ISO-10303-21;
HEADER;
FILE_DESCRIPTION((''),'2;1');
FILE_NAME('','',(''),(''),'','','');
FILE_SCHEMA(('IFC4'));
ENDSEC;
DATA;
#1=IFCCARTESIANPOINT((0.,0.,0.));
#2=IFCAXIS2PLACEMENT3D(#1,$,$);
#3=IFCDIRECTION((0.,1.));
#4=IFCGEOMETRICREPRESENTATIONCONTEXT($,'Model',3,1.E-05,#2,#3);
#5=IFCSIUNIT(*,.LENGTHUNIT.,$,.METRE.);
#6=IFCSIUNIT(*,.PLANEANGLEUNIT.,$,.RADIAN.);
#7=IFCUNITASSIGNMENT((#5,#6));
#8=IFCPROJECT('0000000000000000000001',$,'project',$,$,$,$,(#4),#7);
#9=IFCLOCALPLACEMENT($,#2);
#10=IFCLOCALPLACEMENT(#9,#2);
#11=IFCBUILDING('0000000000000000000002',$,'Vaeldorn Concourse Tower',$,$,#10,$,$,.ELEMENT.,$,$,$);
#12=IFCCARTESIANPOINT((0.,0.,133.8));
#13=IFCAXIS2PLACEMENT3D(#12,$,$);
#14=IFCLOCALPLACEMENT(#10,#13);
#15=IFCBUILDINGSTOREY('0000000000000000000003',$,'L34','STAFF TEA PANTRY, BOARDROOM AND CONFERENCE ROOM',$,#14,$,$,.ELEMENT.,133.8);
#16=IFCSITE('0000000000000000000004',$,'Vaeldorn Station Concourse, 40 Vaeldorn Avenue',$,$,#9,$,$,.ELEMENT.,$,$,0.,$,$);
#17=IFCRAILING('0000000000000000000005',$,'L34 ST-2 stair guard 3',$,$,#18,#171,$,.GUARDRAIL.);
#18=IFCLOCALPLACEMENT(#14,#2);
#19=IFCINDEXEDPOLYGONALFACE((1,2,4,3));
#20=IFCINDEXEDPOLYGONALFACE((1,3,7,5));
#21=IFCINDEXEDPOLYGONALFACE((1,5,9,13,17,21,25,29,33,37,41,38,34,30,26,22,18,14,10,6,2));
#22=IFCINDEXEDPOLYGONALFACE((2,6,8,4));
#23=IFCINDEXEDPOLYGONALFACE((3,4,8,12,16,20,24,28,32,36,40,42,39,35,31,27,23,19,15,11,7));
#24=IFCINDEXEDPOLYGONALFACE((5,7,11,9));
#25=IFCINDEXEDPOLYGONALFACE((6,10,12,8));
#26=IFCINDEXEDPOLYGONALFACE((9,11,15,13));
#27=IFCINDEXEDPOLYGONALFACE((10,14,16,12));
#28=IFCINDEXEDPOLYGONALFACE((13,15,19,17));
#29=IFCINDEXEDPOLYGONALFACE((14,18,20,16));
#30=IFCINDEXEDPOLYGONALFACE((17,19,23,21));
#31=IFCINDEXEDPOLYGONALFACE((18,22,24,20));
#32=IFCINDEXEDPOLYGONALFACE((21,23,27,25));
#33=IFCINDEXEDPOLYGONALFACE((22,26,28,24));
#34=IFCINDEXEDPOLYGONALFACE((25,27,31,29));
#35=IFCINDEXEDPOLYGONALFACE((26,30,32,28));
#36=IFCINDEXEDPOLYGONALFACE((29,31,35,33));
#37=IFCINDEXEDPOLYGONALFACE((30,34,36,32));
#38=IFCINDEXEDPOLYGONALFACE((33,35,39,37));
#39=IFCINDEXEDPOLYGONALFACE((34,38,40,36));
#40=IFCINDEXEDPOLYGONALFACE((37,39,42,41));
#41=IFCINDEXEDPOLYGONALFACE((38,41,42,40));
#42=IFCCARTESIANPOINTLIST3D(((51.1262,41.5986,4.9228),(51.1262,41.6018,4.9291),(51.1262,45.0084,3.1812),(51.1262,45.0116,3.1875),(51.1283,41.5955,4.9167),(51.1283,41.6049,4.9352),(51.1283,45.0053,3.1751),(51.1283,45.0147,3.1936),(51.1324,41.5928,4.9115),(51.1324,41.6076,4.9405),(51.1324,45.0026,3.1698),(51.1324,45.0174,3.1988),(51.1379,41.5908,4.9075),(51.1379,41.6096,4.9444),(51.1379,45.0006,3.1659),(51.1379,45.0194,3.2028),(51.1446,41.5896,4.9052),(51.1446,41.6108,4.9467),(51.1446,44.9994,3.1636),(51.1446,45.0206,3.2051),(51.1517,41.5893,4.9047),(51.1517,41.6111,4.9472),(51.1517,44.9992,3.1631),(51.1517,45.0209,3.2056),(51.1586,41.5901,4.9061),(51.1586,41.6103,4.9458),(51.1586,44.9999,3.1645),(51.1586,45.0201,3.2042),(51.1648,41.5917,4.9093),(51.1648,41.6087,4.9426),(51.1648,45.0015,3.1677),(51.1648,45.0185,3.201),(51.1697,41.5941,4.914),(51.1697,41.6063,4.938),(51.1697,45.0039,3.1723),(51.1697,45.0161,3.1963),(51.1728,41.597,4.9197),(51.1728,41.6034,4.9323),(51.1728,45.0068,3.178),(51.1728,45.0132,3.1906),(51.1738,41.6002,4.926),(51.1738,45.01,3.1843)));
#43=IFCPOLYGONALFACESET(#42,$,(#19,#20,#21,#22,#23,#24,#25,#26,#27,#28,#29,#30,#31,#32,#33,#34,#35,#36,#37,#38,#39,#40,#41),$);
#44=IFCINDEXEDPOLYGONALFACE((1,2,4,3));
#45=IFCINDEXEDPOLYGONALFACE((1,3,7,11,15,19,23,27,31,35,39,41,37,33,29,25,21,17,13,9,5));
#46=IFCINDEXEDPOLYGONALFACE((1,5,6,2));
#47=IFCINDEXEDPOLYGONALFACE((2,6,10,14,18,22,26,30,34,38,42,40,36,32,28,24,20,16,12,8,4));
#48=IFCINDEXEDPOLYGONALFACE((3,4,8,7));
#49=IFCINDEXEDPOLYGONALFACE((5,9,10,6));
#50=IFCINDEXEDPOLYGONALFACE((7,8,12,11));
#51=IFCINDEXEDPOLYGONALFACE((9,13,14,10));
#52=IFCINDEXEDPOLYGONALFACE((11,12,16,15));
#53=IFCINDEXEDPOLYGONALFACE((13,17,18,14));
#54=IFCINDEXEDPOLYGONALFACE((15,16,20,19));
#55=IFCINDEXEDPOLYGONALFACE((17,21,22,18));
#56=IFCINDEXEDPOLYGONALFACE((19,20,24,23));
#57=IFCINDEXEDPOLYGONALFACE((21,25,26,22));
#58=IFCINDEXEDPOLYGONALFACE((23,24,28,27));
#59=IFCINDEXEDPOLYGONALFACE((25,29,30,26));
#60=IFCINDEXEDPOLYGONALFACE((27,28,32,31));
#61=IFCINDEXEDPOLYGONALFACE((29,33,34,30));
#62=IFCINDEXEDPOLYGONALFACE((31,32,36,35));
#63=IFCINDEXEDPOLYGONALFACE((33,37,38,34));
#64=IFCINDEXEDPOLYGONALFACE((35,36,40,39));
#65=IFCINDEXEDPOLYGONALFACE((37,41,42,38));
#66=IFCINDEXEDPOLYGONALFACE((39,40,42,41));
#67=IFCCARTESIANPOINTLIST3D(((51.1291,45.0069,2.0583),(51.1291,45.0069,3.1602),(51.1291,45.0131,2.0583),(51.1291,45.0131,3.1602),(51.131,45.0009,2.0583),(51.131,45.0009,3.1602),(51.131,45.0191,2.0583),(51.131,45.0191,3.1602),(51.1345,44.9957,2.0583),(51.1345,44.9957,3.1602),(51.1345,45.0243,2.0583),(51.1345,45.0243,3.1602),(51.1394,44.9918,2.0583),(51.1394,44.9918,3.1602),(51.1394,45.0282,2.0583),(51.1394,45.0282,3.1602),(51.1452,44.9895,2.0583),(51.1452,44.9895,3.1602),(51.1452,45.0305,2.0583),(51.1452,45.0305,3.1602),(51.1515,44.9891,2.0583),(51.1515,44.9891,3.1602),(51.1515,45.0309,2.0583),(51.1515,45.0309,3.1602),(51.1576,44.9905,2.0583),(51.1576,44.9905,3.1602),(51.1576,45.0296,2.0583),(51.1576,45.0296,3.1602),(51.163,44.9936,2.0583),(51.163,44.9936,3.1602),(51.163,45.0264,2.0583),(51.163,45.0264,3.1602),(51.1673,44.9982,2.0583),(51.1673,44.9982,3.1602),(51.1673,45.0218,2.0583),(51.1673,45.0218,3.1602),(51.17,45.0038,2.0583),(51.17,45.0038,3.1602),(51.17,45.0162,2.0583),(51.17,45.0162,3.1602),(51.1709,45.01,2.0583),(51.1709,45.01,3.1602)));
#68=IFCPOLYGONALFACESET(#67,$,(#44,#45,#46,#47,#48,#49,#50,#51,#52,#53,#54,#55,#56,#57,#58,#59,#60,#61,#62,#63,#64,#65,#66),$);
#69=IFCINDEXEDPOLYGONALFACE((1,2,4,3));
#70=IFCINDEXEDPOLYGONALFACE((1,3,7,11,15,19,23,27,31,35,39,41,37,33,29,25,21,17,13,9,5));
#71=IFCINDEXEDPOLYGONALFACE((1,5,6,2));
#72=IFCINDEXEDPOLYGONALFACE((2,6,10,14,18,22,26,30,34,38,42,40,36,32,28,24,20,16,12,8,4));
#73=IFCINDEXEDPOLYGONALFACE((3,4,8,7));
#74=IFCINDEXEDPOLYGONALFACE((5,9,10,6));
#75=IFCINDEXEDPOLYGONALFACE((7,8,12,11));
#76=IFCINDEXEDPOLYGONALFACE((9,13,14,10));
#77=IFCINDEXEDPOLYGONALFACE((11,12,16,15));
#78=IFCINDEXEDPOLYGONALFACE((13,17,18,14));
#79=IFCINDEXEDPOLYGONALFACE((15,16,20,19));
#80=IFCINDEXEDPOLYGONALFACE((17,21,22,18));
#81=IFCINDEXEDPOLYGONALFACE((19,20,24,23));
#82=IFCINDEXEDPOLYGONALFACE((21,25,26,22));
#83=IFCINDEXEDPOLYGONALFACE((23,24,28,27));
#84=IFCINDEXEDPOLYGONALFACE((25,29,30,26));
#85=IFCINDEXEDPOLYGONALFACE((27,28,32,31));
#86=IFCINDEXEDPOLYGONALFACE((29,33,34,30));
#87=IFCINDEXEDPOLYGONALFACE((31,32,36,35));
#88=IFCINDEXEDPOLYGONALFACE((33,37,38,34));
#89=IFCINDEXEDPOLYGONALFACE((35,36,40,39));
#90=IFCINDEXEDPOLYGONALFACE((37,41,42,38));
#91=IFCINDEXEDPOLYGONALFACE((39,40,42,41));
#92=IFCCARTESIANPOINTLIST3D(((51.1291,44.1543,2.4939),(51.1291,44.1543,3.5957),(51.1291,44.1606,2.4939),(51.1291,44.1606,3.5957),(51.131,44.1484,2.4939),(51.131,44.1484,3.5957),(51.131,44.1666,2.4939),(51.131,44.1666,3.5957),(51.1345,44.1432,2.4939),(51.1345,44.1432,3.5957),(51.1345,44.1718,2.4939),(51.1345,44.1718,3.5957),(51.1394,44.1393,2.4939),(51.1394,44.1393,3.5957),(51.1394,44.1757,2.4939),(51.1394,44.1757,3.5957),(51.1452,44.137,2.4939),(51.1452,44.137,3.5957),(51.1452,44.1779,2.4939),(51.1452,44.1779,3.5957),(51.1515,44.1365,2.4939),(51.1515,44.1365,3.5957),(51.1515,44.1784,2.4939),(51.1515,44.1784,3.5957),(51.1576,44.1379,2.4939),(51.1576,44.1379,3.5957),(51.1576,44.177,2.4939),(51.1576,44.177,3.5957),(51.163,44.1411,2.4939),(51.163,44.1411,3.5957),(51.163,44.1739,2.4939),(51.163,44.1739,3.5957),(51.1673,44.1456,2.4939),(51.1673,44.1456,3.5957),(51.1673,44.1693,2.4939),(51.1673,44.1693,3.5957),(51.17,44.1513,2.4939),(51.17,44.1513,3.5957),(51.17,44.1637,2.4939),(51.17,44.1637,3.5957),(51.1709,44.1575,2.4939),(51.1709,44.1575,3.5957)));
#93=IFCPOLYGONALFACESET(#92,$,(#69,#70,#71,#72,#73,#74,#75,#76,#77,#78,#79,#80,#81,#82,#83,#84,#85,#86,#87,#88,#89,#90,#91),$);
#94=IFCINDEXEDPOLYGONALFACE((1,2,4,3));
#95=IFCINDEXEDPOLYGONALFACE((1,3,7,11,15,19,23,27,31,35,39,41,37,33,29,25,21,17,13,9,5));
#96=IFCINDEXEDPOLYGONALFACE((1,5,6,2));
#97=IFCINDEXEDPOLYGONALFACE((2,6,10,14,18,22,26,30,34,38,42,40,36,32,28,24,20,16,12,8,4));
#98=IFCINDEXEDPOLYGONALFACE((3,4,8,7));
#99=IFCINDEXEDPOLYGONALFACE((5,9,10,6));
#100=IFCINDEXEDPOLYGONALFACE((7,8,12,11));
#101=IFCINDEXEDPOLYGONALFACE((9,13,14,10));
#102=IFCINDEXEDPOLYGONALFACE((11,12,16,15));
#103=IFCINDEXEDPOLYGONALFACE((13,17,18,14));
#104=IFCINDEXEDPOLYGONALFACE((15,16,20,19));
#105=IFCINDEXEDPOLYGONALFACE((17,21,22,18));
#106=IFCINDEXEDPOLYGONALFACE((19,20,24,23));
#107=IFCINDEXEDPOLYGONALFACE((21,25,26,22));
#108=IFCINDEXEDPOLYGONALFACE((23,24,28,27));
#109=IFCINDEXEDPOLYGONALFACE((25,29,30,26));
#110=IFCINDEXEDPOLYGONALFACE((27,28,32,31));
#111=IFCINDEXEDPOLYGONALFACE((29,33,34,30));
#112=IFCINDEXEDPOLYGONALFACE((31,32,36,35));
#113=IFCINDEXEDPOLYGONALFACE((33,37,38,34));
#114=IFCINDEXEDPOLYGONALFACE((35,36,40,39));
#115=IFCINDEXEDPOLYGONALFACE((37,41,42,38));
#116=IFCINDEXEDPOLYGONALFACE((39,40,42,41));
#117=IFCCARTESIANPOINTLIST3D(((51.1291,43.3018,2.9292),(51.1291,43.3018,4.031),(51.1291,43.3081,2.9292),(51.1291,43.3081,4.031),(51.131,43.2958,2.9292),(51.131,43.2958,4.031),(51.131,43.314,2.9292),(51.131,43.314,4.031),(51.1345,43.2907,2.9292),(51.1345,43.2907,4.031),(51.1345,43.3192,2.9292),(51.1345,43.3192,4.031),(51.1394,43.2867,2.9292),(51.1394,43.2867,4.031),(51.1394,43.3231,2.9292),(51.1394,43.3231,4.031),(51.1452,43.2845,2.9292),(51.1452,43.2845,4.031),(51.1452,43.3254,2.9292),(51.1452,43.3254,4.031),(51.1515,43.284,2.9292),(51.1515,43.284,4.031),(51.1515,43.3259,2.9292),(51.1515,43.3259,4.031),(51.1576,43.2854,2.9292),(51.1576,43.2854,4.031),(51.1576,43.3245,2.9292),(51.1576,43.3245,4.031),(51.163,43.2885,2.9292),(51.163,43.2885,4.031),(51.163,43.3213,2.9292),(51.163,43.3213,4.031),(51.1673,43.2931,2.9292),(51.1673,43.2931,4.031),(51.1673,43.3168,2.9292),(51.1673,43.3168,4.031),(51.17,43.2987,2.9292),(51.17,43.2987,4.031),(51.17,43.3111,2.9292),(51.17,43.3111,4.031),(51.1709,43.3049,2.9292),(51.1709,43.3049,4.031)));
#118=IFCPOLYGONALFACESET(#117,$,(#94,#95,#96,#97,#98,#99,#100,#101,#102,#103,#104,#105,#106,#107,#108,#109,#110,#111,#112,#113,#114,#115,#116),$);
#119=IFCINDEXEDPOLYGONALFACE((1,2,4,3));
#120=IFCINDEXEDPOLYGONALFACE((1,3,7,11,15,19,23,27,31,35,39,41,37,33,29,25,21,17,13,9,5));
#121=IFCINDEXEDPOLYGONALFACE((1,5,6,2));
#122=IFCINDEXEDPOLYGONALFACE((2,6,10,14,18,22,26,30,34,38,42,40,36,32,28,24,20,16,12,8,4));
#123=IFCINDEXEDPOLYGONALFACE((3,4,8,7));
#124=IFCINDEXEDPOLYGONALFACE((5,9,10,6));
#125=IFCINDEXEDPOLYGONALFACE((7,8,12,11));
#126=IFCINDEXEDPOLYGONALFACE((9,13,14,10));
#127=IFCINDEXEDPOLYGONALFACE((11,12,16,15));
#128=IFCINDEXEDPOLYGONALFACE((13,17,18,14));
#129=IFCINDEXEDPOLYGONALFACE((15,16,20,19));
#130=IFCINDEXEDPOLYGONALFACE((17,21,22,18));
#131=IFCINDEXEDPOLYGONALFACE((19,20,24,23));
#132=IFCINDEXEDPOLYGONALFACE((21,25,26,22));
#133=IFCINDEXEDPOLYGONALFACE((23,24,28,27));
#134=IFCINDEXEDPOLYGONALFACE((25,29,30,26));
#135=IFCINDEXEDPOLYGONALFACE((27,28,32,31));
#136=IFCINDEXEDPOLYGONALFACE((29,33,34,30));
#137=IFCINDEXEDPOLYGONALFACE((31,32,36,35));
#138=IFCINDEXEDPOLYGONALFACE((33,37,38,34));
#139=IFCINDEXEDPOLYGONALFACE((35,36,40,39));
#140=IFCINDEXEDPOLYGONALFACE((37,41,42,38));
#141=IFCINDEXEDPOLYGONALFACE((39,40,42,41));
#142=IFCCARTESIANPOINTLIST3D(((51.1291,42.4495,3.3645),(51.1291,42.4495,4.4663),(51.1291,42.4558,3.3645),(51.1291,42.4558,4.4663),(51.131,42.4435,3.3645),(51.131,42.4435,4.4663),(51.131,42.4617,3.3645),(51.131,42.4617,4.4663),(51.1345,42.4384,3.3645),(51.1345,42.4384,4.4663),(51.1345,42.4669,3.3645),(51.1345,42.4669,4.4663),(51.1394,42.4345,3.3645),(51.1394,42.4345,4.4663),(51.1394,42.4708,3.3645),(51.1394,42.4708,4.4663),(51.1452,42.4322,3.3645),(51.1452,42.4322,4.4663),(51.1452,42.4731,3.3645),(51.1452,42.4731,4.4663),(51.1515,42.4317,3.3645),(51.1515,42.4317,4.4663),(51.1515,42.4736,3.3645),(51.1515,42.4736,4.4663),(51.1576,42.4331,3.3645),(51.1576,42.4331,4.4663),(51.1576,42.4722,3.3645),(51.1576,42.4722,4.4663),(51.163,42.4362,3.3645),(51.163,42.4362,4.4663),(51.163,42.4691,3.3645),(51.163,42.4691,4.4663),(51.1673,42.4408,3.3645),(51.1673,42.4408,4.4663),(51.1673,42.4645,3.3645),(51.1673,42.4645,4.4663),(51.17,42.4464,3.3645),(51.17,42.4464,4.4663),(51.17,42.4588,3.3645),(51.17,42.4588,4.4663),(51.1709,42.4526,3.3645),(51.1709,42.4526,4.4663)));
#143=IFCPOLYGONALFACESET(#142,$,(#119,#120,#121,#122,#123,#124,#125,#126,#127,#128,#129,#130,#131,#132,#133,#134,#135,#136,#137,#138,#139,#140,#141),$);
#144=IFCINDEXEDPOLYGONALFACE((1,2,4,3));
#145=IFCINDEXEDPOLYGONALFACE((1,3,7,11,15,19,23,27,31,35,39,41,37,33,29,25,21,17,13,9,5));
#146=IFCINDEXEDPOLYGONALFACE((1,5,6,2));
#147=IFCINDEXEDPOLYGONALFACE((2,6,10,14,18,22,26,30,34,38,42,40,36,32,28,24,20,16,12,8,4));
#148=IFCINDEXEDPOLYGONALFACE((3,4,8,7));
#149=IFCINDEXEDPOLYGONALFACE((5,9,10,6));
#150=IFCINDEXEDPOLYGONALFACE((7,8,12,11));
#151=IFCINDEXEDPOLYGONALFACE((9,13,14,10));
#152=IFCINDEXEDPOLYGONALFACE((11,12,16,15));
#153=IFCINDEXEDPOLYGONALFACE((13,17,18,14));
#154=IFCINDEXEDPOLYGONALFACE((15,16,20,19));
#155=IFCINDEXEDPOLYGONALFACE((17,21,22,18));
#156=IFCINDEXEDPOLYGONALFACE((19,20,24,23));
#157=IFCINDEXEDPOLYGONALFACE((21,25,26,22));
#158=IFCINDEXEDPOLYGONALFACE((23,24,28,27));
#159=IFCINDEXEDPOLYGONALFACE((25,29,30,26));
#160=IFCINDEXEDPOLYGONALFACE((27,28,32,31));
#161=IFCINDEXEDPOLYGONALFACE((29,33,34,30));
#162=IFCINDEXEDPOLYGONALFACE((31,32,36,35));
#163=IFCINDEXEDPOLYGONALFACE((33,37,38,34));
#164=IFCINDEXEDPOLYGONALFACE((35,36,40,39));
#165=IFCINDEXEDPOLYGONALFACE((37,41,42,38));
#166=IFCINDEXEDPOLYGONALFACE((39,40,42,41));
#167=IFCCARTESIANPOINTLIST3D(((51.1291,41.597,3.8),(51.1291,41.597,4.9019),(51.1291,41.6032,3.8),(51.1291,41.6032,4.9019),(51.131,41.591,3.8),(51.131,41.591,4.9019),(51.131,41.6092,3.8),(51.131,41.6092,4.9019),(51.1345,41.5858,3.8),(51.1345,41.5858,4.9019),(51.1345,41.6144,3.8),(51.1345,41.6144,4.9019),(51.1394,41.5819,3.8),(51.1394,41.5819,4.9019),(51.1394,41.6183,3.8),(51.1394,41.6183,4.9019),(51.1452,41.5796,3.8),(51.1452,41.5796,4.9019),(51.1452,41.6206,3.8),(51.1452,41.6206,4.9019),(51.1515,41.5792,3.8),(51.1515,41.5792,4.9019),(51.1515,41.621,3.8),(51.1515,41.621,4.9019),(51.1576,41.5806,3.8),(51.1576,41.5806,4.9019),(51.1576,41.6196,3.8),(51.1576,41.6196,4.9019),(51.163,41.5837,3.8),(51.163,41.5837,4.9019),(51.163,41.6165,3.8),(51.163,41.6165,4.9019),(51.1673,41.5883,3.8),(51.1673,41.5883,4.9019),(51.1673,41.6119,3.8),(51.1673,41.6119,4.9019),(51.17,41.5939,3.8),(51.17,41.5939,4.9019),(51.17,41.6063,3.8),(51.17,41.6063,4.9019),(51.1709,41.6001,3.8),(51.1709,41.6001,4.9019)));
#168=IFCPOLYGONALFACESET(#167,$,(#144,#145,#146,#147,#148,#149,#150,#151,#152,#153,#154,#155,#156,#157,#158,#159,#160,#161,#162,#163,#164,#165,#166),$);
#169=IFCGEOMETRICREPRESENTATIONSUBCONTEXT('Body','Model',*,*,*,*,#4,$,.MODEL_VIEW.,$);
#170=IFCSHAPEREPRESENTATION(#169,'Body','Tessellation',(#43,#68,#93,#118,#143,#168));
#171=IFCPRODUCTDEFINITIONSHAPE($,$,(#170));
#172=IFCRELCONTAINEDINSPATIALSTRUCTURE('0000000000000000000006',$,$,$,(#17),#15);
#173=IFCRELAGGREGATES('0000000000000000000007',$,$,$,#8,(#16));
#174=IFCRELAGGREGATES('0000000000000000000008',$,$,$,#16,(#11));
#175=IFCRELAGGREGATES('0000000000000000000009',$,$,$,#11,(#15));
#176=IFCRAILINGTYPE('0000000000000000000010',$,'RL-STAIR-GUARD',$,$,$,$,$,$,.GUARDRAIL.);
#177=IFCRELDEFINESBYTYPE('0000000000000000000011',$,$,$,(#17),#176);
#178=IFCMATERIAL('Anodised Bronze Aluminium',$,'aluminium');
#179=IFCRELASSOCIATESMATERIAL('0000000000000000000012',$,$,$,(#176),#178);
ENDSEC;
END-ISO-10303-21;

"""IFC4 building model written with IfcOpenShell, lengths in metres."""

from ifc_helpers import new_model, si_unit, direction, frame, origin, origin_2d, place, context, subcontext, project, spatial, circle, extrude, material, type_object, element, save


model = new_model("IFC4")

# Units and contexts
model_context = context("Model", 3, precision=1e-05, world=origin(), true_north=direction((0.0, 1.0)))
body_context = subcontext(model_context, "Body", "Model", "MODEL_VIEW")
ifc_project = project(units=[si_unit("LENGTHUNIT", "METRE"), si_unit("PLANEANGLEUNIT", "RADIAN")], contexts=[model_context])

# Site, building, storey
site_placement = place(None, origin())
site = spatial("IfcSite", under=ifc_project, at=site_placement, Name="Vaeldorn Station Concourse, 40 Vaeldorn Avenue", CompositionType="ELEMENT", RefElevation=0.0)
building_placement = place(site_placement, origin())
building = spatial("IfcBuilding", under=site, at=building_placement, Name="Vaeldorn Concourse Tower", CompositionType="ELEMENT")
storey_placement = place(building_placement, frame((0.0, 0.0, 133.8)))
storey = spatial("IfcBuildingStorey", under=building, at=storey_placement, Name="L34", Description="STAFF TEA PANTRY, BOARDROOM AND CONFERENCE ROOM", CompositionType="ELEMENT", Elevation=133.8)

# Shared definitions
ifc_material_1 = material(Name="Anodised Bronze Aluminium", Category="aluminium")

# Railing
railing_type_1 = type_object("IfcRailingType", Name="RL-STAIR-GUARD", PredefinedType="GUARDRAIL", material=ifc_material_1)
railing_1_placement = place(storey_placement, frame((51.1499, 45.01, 2.0583)))
element("IfcRailing", 1, at=railing_1_placement, inside=storey, type_object=railing_type_1, Name="L34 ST-2 stair guard 3", PredefinedType="GUARDRAIL", context=body_context, shape_type="SweptSolid", body=[
    extrude(circle(Radius=0.0239, at=origin_2d()), frame((0.0, 0.0, 1.126), z_axis=(0.0, -0.890556, 0.454874), x_axis=(1.0, 0.0, 0.0)), (0.0, 0.0, 1.0), 3.8289),
    extrude(circle(Radius=0.021, at=origin_2d()), origin(), (0.0, 0.0, 1.0), 1.1018),
    extrude(circle(Radius=0.021, at=origin_2d()), frame((0.0, -0.8525, 0.4355)), (0.0, 0.0, 1.0), 1.1018),
    extrude(circle(Radius=0.021, at=origin_2d()), frame((0.0, -1.7051, 0.8708)), (0.0, 0.0, 1.0), 1.1018),
    extrude(circle(Radius=0.021, at=origin_2d()), frame((0.0, -2.5574, 1.3062)), (0.0, 0.0, 1.0), 1.1018),
    extrude(circle(Radius=0.021, at=origin_2d()), frame((0.0, -3.4099, 1.7417)), (0.0, 0.0, 1.0), 1.1018),
])

save(model, "model.ifc")
